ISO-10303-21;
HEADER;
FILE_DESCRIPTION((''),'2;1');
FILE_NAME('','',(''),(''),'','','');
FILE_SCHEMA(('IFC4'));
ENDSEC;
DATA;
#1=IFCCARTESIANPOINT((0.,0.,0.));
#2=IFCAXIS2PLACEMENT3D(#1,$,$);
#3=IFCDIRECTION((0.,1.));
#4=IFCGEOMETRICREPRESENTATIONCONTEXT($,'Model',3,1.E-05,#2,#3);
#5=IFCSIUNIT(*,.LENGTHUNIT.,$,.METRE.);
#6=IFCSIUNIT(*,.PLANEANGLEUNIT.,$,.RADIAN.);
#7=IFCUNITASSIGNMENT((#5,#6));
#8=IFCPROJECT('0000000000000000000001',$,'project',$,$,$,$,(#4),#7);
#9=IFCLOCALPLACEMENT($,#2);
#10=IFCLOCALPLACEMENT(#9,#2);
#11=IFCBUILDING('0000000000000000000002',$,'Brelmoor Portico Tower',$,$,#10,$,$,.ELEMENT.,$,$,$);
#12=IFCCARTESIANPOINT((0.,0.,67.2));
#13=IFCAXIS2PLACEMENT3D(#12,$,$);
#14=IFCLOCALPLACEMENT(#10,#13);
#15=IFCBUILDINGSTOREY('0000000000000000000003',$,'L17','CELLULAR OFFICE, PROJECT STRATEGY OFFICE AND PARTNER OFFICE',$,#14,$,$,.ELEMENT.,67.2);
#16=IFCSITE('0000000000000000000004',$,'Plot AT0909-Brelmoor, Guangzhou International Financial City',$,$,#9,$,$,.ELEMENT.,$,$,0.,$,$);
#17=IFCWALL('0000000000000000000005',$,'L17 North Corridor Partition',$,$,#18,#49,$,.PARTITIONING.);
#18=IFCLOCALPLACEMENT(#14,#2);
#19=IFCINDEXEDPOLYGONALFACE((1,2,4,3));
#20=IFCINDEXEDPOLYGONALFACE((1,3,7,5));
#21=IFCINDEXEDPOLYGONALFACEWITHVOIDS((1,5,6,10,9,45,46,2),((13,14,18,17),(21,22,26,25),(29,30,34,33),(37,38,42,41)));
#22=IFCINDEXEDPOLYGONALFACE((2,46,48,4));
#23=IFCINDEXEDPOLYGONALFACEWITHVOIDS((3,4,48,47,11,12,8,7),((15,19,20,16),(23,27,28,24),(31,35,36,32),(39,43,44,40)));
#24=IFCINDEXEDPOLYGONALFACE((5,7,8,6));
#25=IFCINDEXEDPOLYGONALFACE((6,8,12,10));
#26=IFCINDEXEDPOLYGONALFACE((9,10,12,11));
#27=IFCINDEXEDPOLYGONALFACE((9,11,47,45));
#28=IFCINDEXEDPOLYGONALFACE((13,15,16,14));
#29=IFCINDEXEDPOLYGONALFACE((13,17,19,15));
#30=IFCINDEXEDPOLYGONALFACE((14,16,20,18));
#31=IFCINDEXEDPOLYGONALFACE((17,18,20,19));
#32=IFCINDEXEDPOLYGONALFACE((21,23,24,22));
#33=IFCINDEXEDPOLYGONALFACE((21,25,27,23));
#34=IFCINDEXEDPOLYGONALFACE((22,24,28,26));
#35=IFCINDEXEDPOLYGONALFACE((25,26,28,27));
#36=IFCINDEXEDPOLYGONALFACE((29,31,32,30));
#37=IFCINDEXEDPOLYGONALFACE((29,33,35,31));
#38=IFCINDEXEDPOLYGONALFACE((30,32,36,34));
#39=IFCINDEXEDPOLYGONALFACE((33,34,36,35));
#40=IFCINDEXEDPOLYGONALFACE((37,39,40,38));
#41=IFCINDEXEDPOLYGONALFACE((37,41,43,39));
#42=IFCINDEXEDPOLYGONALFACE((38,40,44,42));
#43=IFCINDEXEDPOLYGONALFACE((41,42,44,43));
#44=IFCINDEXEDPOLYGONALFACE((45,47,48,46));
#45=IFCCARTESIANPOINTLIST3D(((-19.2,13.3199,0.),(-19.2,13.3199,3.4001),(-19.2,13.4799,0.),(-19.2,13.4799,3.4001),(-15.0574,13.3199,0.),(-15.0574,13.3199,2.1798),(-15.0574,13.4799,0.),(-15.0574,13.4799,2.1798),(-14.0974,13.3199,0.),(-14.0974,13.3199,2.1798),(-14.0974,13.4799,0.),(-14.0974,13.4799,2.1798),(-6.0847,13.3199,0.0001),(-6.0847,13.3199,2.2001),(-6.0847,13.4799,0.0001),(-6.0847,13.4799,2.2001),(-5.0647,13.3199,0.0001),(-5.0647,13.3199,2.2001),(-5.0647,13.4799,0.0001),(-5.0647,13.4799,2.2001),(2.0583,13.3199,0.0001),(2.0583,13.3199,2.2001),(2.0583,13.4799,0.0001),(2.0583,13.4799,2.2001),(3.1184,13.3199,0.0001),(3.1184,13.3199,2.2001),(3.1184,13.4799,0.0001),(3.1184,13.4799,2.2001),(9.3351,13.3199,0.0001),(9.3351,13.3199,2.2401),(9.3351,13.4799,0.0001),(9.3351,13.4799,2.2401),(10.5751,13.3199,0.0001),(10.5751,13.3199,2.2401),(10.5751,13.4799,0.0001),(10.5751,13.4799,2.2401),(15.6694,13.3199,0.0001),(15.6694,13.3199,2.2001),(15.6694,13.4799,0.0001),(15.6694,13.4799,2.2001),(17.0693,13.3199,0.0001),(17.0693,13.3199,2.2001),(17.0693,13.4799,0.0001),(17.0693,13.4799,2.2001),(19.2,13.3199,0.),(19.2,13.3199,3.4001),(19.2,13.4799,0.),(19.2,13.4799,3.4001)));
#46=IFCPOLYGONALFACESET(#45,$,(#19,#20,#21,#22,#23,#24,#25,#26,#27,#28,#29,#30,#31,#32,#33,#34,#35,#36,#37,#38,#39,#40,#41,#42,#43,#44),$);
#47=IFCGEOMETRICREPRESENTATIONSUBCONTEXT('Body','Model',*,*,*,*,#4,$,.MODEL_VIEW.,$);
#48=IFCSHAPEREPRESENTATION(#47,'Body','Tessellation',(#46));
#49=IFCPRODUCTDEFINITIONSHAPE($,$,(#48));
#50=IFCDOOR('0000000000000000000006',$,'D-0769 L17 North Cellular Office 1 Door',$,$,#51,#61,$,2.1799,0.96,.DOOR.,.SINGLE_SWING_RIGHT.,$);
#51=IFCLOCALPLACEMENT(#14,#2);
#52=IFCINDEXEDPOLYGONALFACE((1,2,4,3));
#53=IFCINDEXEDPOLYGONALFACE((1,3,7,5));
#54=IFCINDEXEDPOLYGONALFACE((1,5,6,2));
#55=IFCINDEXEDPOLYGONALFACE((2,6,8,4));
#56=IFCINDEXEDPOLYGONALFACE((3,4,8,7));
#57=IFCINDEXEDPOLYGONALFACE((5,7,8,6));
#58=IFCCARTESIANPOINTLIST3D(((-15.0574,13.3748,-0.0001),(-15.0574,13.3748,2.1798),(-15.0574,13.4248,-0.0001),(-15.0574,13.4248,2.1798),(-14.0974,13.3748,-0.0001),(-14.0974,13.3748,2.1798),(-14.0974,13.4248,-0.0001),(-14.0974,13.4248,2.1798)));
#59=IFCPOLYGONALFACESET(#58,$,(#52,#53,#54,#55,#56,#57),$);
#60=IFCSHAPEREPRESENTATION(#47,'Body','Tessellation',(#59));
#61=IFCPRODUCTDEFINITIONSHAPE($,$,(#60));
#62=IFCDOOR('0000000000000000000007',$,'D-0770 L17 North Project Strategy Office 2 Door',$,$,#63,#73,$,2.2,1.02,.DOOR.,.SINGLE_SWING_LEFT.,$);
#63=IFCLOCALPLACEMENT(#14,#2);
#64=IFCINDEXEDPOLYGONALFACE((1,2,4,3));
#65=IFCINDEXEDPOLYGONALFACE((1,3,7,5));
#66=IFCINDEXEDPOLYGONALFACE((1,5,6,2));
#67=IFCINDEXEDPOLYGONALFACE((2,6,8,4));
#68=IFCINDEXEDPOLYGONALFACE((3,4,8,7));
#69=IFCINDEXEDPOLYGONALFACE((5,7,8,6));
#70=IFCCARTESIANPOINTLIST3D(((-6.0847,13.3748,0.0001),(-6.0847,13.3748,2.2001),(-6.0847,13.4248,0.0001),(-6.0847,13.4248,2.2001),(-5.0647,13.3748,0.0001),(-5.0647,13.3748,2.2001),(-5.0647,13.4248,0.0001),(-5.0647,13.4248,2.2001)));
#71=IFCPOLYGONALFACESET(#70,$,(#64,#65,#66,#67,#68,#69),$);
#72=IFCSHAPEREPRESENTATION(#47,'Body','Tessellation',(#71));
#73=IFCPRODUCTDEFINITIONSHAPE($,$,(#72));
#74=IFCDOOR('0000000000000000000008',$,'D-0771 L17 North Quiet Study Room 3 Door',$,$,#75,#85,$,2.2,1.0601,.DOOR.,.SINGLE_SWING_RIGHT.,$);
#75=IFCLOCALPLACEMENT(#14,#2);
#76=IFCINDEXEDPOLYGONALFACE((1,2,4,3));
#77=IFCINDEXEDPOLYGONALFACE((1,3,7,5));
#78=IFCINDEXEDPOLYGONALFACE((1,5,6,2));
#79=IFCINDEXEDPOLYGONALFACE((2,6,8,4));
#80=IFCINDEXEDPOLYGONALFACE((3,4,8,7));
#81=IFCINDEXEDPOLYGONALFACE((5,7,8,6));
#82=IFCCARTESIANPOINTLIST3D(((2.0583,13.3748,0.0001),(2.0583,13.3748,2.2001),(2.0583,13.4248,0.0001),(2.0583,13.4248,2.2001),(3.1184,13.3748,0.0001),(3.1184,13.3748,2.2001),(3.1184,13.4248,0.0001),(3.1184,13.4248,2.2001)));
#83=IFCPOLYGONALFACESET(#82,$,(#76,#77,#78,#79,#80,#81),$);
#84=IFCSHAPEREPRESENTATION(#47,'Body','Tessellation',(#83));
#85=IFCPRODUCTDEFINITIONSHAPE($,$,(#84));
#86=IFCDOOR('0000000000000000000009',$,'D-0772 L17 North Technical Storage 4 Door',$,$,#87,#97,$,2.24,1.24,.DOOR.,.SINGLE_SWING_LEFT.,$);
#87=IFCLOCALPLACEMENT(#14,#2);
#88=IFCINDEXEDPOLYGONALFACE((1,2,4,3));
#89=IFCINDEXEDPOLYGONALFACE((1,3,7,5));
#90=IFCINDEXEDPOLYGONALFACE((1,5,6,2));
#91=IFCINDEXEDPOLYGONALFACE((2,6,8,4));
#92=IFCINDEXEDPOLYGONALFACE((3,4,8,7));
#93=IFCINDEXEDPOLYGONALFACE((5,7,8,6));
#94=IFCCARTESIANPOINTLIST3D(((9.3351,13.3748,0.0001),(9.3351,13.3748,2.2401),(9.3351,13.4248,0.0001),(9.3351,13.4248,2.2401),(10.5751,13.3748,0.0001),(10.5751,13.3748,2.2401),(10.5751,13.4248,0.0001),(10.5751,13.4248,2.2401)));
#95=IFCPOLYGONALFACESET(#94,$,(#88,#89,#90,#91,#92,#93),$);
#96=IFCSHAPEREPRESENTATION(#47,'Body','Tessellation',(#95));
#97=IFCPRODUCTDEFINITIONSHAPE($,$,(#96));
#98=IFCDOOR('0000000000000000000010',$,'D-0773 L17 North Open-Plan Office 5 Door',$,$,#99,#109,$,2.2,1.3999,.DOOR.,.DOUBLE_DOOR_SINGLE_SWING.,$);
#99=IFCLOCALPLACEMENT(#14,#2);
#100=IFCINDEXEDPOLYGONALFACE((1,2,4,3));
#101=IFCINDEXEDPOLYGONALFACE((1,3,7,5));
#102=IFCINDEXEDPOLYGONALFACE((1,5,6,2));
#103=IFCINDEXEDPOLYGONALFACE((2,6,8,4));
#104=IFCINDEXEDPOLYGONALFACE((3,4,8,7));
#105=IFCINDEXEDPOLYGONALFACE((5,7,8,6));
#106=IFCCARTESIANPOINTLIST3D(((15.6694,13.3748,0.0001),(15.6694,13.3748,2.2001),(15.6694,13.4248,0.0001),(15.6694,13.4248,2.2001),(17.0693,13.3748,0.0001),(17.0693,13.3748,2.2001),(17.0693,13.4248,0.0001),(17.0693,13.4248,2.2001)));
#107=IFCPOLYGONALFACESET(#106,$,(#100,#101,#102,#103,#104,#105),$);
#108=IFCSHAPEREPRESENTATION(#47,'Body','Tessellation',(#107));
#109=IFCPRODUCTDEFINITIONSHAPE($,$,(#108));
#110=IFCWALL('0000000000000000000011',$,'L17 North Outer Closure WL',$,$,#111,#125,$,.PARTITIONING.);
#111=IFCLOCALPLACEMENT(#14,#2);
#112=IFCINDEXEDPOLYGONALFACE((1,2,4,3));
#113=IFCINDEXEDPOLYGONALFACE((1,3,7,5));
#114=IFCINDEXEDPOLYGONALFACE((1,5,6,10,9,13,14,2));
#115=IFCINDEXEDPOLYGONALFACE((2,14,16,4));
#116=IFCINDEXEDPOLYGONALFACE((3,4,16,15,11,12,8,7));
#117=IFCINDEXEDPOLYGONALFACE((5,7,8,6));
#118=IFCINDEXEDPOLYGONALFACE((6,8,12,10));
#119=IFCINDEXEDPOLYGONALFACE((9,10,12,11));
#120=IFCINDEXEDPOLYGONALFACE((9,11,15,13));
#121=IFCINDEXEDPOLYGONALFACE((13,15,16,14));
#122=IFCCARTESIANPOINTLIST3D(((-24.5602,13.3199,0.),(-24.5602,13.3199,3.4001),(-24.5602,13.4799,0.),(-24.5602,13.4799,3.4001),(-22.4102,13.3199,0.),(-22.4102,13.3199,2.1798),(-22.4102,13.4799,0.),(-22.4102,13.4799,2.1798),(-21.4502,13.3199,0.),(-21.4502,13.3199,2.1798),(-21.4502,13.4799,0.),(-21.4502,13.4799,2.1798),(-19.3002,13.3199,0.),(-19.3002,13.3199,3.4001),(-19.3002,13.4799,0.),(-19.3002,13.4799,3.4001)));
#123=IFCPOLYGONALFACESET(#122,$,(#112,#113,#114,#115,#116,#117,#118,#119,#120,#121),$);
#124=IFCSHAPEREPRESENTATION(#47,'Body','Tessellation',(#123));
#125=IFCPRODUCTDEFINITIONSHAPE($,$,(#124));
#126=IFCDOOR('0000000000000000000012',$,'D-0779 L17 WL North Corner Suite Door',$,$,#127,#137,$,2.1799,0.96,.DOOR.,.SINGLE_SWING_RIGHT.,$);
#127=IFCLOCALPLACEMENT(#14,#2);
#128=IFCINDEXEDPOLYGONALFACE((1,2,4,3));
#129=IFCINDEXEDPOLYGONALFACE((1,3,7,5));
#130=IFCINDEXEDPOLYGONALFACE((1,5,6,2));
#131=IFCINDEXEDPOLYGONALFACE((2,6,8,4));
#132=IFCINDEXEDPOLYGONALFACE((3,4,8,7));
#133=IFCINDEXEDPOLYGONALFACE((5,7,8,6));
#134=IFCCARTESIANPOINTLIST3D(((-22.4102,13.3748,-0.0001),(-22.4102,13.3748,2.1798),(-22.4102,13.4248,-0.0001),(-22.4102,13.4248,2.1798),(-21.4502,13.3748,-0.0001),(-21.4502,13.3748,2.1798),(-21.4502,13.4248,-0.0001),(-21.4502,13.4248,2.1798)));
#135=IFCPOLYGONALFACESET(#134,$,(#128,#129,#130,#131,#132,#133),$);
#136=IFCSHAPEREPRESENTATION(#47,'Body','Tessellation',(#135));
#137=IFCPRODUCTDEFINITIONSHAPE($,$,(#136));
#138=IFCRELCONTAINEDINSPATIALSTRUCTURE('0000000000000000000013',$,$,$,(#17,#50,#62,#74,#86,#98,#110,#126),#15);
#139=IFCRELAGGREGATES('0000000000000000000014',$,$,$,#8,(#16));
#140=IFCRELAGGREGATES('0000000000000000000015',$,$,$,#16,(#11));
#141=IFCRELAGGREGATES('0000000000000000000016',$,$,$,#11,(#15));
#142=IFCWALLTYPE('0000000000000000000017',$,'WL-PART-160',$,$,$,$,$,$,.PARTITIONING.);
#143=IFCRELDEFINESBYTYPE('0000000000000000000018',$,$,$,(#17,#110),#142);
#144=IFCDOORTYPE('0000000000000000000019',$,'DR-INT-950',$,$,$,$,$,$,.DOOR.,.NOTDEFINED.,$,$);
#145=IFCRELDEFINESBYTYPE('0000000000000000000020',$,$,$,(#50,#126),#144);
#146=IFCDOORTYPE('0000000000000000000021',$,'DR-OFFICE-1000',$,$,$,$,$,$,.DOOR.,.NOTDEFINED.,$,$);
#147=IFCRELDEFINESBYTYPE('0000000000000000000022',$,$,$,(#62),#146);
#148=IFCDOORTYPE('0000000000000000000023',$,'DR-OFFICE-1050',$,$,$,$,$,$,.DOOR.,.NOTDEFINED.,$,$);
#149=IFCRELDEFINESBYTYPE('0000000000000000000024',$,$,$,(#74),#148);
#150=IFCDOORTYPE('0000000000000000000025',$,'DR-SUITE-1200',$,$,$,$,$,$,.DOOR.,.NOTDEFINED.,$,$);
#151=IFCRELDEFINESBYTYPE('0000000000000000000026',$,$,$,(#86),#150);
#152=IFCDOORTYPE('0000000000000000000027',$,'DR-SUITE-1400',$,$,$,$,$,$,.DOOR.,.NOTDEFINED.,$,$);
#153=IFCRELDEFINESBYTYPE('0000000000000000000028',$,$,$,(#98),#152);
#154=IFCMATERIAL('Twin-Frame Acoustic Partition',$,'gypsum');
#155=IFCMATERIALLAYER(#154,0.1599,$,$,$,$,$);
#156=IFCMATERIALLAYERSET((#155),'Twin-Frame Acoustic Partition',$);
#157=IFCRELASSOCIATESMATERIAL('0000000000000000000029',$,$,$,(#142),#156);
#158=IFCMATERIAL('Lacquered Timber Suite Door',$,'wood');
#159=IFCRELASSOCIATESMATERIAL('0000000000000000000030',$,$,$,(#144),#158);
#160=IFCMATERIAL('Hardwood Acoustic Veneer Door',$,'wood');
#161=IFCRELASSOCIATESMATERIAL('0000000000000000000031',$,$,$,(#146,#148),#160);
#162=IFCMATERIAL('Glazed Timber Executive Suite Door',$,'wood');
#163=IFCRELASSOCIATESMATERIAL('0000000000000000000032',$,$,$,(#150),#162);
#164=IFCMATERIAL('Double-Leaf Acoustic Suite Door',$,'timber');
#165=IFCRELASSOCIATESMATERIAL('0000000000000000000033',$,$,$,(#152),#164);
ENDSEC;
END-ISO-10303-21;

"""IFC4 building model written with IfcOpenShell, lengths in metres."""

from ifc_helpers import new_model, si_unit, direction, frame, frame_2d, origin, place, context, subcontext, project, spatial, rectangle, extrude, material, layer, layer_set, type_object, element, fill, save


model = new_model("IFC4")

# Units and contexts
model_context = context("Model", 3, precision=1e-05, world=origin(), true_north=direction((0.0, 1.0)))
body_context = subcontext(model_context, "Body", "Model", "MODEL_VIEW")
ifc_project = project(units=[si_unit("LENGTHUNIT", "METRE"), si_unit("PLANEANGLEUNIT", "RADIAN")], contexts=[model_context])

# Site, building, storey
site_placement = place(None, origin())
site = spatial("IfcSite", under=ifc_project, at=site_placement, Name="Plot AT0909-Brelmoor, Guangzhou International Financial City", CompositionType="ELEMENT", RefElevation=0.0)
building_placement = place(site_placement, origin())
building = spatial("IfcBuilding", under=site, at=building_placement, Name="Brelmoor Portico Tower", CompositionType="ELEMENT")
storey_placement = place(building_placement, frame((0.0, 0.0, 67.2)))
storey = spatial("IfcBuildingStorey", under=building, at=storey_placement, Name="L17", Description="CELLULAR OFFICE, PROJECT STRATEGY OFFICE AND PARTNER OFFICE", CompositionType="ELEMENT", Elevation=67.2)

# Wall, openings, doors
ifc_material_1 = material(Name="Twin-Frame Acoustic Partition", Category="gypsum")
ifc_layer_1 = layer(ifc_material_1, 0.1599)
ifc_layer_set_1 = layer_set([ifc_layer_1], Name="Twin-Frame Acoustic Partition")
wall_type_1 = type_object("IfcWallType", Name="WL-PART-160", PredefinedType="PARTITIONING", material=ifc_layer_set_1)
wall_1_placement = place(storey_placement, frame((-19.2, 13.3999, 0.0), z_axis=(0.0, 0.0, 1.0), x_axis=(1.0, 0.0, 0.0)))
wall_1 = element("IfcWall", 1, at=wall_1_placement, inside=storey, type_object=wall_type_1, Name="L17 North Corridor Partition", PredefinedType="PARTITIONING", context=body_context, shape_type="SweptSolid", body=[
    extrude(rectangle(XDim=38.3999, YDim=0.1599, at=frame_2d((19.2, 0.0))), origin(), (0.0, 0.0, 1.0), 3.4001),
])
opening_1_placement = place(wall_1_placement, frame((4.1426, 0.0, 0.0)))
opening_1 = element("IfcOpeningElement", 2, at=opening_1_placement, cuts=wall_1, PredefinedType="OPENING", context=body_context, shape_type="SweptSolid", body=[
    extrude(rectangle(XDim=0.96, YDim=2.1799, at=frame_2d((0.48, 1.0898))), frame((0.0, 0.0898, 0.0), z_axis=(0.0, -1.0, 0.0), x_axis=(1.0, 0.0, 0.0)), (0.0, 0.0, 1.0), 0.1799),
])
opening_2_placement = place(wall_1_placement, frame((13.1152, 0.0, 0.0)))
opening_2 = element("IfcOpeningElement", 3, at=opening_2_placement, cuts=wall_1, PredefinedType="OPENING", context=body_context, shape_type="SweptSolid", body=[
    extrude(rectangle(XDim=1.02, YDim=2.2, at=frame_2d((0.51, 1.1001))), frame((0.0, 0.0898, 0.0), z_axis=(0.0, -1.0, 0.0), x_axis=(1.0, 0.0, 0.0)), (0.0, 0.0, 1.0), 0.1799),
])
opening_3_placement = place(wall_1_placement, frame((21.2583, 0.0, 0.0)))
opening_3 = element("IfcOpeningElement", 4, at=opening_3_placement, cuts=wall_1, PredefinedType="OPENING", context=body_context, shape_type="SweptSolid", body=[
    extrude(rectangle(XDim=1.0601, YDim=2.2, at=frame_2d((0.53, 1.1001))), frame((0.0, 0.0898, 0.0), z_axis=(0.0, -1.0, 0.0), x_axis=(1.0, 0.0, 0.0)), (0.0, 0.0, 1.0), 0.1799),
])
opening_4_placement = place(wall_1_placement, frame((28.5349, 0.0, 0.0)))
opening_4 = element("IfcOpeningElement", 5, at=opening_4_placement, cuts=wall_1, PredefinedType="OPENING", context=body_context, shape_type="SweptSolid", body=[
    extrude(rectangle(XDim=1.24, YDim=2.24, at=frame_2d((0.6201, 1.1201))), frame((0.0, 0.0898, 0.0), z_axis=(0.0, -1.0, 0.0), x_axis=(1.0, 0.0, 0.0)), (0.0, 0.0, 1.0), 0.1799),
])
opening_5_placement = place(wall_1_placement, frame((34.8694, 0.0, 0.0)))
opening_5 = element("IfcOpeningElement", 6, at=opening_5_placement, cuts=wall_1, PredefinedType="OPENING", context=body_context, shape_type="SweptSolid", body=[
    extrude(rectangle(XDim=1.3999, YDim=2.2, at=frame_2d((0.7, 1.1001))), frame((0.0, 0.0898, 0.0), z_axis=(0.0, -1.0, 0.0), x_axis=(1.0, 0.0, 0.0)), (0.0, 0.0, 1.0), 0.1799),
])
ifc_material_2 = material(Name="Lacquered Timber Suite Door", Category="wood")
door_type_1 = type_object("IfcDoorType", Name="DR-INT-950", OperationType="NOTDEFINED", PredefinedType="DOOR", material=ifc_material_2)
door_1_placement = place(opening_1_placement, origin())
door_1 = element("IfcDoor", 7, at=door_1_placement, inside=storey, type_object=door_type_1, Name="D-0769 L17 North Cellular Office 1 Door", OperationType="SINGLE_SWING_RIGHT", OverallHeight=2.1799, OverallWidth=0.96, PredefinedType="DOOR", context=body_context, shape_type="SweptSolid", body=[
    extrude(rectangle(XDim=0.96, YDim=2.1799, at=frame_2d((0.48, 1.0898))), frame((0.0, 0.0249, 0.0), z_axis=(0.0, -1.0, 0.0), x_axis=(1.0, 0.0, 0.0)), (0.0, 0.0, 1.0), 0.05),
])
fill(opening_1, door_1)
ifc_material_3 = material(Name="Hardwood Acoustic Veneer Door", Category="wood")
door_type_2 = type_object("IfcDoorType", Name="DR-OFFICE-1000", OperationType="NOTDEFINED", PredefinedType="DOOR", material=ifc_material_3)
door_2_placement = place(opening_2_placement, origin())
door_2 = element("IfcDoor", 8, at=door_2_placement, inside=storey, type_object=door_type_2, Name="D-0770 L17 North Project Strategy Office 2 Door", OperationType="SINGLE_SWING_LEFT", OverallHeight=2.2, OverallWidth=1.02, PredefinedType="DOOR", context=body_context, shape_type="SweptSolid", body=[
    extrude(rectangle(XDim=1.02, YDim=2.2, at=frame_2d((0.51, 1.1001))), frame((0.0, 0.0249, 0.0), z_axis=(0.0, -1.0, 0.0), x_axis=(1.0, 0.0, 0.0)), (0.0, 0.0, 1.0), 0.05),
])
fill(opening_2, door_2)
door_type_3 = type_object("IfcDoorType", Name="DR-OFFICE-1050", OperationType="NOTDEFINED", PredefinedType="DOOR", material=ifc_material_3)
door_3_placement = place(opening_3_placement, origin())
door_3 = element("IfcDoor", 9, at=door_3_placement, inside=storey, type_object=door_type_3, Name="D-0771 L17 North Quiet Study Room 3 Door", OperationType="SINGLE_SWING_RIGHT", OverallHeight=2.2, OverallWidth=1.0601, PredefinedType="DOOR", context=body_context, shape_type="SweptSolid", body=[
    extrude(rectangle(XDim=1.0601, YDim=2.2, at=frame_2d((0.53, 1.1001))), frame((0.0, 0.0249, 0.0), z_axis=(0.0, -1.0, 0.0), x_axis=(1.0, 0.0, 0.0)), (0.0, 0.0, 1.0), 0.05),
])
fill(opening_3, door_3)
ifc_material_4 = material(Name="Glazed Timber Executive Suite Door", Category="wood")
door_type_4 = type_object("IfcDoorType", Name="DR-SUITE-1200", OperationType="NOTDEFINED", PredefinedType="DOOR", material=ifc_material_4)
door_4_placement = place(opening_4_placement, origin())
door_4 = element("IfcDoor", 10, at=door_4_placement, inside=storey, type_object=door_type_4, Name="D-0772 L17 North Technical Storage 4 Door", OperationType="SINGLE_SWING_LEFT", OverallHeight=2.24, OverallWidth=1.24, PredefinedType="DOOR", context=body_context, shape_type="SweptSolid", body=[
    extrude(rectangle(XDim=1.24, YDim=2.24, at=frame_2d((0.6201, 1.1201))), frame((0.0, 0.0249, 0.0), z_axis=(0.0, -1.0, 0.0), x_axis=(1.0, 0.0, 0.0)), (0.0, 0.0, 1.0), 0.05),
])
fill(opening_4, door_4)
ifc_material_5 = material(Name="Double-Leaf Acoustic Suite Door", Category="timber")
door_type_5 = type_object("IfcDoorType", Name="DR-SUITE-1400", OperationType="NOTDEFINED", PredefinedType="DOOR", material=ifc_material_5)
door_5_placement = place(opening_5_placement, origin())
door_5 = element("IfcDoor", 11, at=door_5_placement, inside=storey, type_object=door_type_5, Name="D-0773 L17 North Open-Plan Office 5 Door", OperationType="DOUBLE_DOOR_SINGLE_SWING", OverallHeight=2.2, OverallWidth=1.3999, PredefinedType="DOOR", context=body_context, shape_type="SweptSolid", body=[
    extrude(rectangle(XDim=1.3999, YDim=2.2, at=frame_2d((0.7, 1.1001))), frame((0.0, 0.0249, 0.0), z_axis=(0.0, -1.0, 0.0), x_axis=(1.0, 0.0, 0.0)), (0.0, 0.0, 1.0), 0.05),
])
fill(opening_5, door_5)

# Wall, opening, door
wall_2_placement = place(storey_placement, frame((-24.5601, 13.3999, 0.0), z_axis=(0.0, 0.0, 1.0), x_axis=(1.0, 0.0, 0.0)))
wall_2 = element("IfcWall", 12, at=wall_2_placement, inside=storey, type_object=wall_type_1, Name="L17 North Outer Closure WL", PredefinedType="PARTITIONING", context=body_context, shape_type="SweptSolid", body=[
    extrude(rectangle(XDim=5.26, YDim=0.1599, at=frame_2d((2.6299, 0.0))), origin(), (0.0, 0.0, 1.0), 3.4001),
])
opening_6_placement = place(wall_2_placement, frame((2.1499, 0.0, 0.0)))
opening_6 = element("IfcOpeningElement", 13, at=opening_6_placement, cuts=wall_2, PredefinedType="OPENING", context=body_context, shape_type="SweptSolid", body=[
    extrude(rectangle(XDim=0.96, YDim=2.1799, at=frame_2d((0.48, 1.0898))), frame((0.0, 0.0898, 0.0), z_axis=(0.0, -1.0, 0.0), x_axis=(1.0, 0.0, 0.0)), (0.0, 0.0, 1.0), 0.1799),
])
door_6_placement = place(opening_6_placement, origin())
door_6 = element("IfcDoor", 14, at=door_6_placement, inside=storey, type_object=door_type_1, Name="D-0779 L17 WL North Corner Suite Door", OperationType="SINGLE_SWING_RIGHT", OverallHeight=2.1799, OverallWidth=0.96, PredefinedType="DOOR", context=body_context, shape_type="SweptSolid", body=[
    extrude(rectangle(XDim=0.96, YDim=2.1799, at=frame_2d((0.48, 1.0898))), frame((0.0, 0.0249, 0.0), z_axis=(0.0, -1.0, 0.0), x_axis=(1.0, 0.0, 0.0)), (0.0, 0.0, 1.0), 0.05),
])
fill(opening_6, door_6)

save(model, "model.ifc")
